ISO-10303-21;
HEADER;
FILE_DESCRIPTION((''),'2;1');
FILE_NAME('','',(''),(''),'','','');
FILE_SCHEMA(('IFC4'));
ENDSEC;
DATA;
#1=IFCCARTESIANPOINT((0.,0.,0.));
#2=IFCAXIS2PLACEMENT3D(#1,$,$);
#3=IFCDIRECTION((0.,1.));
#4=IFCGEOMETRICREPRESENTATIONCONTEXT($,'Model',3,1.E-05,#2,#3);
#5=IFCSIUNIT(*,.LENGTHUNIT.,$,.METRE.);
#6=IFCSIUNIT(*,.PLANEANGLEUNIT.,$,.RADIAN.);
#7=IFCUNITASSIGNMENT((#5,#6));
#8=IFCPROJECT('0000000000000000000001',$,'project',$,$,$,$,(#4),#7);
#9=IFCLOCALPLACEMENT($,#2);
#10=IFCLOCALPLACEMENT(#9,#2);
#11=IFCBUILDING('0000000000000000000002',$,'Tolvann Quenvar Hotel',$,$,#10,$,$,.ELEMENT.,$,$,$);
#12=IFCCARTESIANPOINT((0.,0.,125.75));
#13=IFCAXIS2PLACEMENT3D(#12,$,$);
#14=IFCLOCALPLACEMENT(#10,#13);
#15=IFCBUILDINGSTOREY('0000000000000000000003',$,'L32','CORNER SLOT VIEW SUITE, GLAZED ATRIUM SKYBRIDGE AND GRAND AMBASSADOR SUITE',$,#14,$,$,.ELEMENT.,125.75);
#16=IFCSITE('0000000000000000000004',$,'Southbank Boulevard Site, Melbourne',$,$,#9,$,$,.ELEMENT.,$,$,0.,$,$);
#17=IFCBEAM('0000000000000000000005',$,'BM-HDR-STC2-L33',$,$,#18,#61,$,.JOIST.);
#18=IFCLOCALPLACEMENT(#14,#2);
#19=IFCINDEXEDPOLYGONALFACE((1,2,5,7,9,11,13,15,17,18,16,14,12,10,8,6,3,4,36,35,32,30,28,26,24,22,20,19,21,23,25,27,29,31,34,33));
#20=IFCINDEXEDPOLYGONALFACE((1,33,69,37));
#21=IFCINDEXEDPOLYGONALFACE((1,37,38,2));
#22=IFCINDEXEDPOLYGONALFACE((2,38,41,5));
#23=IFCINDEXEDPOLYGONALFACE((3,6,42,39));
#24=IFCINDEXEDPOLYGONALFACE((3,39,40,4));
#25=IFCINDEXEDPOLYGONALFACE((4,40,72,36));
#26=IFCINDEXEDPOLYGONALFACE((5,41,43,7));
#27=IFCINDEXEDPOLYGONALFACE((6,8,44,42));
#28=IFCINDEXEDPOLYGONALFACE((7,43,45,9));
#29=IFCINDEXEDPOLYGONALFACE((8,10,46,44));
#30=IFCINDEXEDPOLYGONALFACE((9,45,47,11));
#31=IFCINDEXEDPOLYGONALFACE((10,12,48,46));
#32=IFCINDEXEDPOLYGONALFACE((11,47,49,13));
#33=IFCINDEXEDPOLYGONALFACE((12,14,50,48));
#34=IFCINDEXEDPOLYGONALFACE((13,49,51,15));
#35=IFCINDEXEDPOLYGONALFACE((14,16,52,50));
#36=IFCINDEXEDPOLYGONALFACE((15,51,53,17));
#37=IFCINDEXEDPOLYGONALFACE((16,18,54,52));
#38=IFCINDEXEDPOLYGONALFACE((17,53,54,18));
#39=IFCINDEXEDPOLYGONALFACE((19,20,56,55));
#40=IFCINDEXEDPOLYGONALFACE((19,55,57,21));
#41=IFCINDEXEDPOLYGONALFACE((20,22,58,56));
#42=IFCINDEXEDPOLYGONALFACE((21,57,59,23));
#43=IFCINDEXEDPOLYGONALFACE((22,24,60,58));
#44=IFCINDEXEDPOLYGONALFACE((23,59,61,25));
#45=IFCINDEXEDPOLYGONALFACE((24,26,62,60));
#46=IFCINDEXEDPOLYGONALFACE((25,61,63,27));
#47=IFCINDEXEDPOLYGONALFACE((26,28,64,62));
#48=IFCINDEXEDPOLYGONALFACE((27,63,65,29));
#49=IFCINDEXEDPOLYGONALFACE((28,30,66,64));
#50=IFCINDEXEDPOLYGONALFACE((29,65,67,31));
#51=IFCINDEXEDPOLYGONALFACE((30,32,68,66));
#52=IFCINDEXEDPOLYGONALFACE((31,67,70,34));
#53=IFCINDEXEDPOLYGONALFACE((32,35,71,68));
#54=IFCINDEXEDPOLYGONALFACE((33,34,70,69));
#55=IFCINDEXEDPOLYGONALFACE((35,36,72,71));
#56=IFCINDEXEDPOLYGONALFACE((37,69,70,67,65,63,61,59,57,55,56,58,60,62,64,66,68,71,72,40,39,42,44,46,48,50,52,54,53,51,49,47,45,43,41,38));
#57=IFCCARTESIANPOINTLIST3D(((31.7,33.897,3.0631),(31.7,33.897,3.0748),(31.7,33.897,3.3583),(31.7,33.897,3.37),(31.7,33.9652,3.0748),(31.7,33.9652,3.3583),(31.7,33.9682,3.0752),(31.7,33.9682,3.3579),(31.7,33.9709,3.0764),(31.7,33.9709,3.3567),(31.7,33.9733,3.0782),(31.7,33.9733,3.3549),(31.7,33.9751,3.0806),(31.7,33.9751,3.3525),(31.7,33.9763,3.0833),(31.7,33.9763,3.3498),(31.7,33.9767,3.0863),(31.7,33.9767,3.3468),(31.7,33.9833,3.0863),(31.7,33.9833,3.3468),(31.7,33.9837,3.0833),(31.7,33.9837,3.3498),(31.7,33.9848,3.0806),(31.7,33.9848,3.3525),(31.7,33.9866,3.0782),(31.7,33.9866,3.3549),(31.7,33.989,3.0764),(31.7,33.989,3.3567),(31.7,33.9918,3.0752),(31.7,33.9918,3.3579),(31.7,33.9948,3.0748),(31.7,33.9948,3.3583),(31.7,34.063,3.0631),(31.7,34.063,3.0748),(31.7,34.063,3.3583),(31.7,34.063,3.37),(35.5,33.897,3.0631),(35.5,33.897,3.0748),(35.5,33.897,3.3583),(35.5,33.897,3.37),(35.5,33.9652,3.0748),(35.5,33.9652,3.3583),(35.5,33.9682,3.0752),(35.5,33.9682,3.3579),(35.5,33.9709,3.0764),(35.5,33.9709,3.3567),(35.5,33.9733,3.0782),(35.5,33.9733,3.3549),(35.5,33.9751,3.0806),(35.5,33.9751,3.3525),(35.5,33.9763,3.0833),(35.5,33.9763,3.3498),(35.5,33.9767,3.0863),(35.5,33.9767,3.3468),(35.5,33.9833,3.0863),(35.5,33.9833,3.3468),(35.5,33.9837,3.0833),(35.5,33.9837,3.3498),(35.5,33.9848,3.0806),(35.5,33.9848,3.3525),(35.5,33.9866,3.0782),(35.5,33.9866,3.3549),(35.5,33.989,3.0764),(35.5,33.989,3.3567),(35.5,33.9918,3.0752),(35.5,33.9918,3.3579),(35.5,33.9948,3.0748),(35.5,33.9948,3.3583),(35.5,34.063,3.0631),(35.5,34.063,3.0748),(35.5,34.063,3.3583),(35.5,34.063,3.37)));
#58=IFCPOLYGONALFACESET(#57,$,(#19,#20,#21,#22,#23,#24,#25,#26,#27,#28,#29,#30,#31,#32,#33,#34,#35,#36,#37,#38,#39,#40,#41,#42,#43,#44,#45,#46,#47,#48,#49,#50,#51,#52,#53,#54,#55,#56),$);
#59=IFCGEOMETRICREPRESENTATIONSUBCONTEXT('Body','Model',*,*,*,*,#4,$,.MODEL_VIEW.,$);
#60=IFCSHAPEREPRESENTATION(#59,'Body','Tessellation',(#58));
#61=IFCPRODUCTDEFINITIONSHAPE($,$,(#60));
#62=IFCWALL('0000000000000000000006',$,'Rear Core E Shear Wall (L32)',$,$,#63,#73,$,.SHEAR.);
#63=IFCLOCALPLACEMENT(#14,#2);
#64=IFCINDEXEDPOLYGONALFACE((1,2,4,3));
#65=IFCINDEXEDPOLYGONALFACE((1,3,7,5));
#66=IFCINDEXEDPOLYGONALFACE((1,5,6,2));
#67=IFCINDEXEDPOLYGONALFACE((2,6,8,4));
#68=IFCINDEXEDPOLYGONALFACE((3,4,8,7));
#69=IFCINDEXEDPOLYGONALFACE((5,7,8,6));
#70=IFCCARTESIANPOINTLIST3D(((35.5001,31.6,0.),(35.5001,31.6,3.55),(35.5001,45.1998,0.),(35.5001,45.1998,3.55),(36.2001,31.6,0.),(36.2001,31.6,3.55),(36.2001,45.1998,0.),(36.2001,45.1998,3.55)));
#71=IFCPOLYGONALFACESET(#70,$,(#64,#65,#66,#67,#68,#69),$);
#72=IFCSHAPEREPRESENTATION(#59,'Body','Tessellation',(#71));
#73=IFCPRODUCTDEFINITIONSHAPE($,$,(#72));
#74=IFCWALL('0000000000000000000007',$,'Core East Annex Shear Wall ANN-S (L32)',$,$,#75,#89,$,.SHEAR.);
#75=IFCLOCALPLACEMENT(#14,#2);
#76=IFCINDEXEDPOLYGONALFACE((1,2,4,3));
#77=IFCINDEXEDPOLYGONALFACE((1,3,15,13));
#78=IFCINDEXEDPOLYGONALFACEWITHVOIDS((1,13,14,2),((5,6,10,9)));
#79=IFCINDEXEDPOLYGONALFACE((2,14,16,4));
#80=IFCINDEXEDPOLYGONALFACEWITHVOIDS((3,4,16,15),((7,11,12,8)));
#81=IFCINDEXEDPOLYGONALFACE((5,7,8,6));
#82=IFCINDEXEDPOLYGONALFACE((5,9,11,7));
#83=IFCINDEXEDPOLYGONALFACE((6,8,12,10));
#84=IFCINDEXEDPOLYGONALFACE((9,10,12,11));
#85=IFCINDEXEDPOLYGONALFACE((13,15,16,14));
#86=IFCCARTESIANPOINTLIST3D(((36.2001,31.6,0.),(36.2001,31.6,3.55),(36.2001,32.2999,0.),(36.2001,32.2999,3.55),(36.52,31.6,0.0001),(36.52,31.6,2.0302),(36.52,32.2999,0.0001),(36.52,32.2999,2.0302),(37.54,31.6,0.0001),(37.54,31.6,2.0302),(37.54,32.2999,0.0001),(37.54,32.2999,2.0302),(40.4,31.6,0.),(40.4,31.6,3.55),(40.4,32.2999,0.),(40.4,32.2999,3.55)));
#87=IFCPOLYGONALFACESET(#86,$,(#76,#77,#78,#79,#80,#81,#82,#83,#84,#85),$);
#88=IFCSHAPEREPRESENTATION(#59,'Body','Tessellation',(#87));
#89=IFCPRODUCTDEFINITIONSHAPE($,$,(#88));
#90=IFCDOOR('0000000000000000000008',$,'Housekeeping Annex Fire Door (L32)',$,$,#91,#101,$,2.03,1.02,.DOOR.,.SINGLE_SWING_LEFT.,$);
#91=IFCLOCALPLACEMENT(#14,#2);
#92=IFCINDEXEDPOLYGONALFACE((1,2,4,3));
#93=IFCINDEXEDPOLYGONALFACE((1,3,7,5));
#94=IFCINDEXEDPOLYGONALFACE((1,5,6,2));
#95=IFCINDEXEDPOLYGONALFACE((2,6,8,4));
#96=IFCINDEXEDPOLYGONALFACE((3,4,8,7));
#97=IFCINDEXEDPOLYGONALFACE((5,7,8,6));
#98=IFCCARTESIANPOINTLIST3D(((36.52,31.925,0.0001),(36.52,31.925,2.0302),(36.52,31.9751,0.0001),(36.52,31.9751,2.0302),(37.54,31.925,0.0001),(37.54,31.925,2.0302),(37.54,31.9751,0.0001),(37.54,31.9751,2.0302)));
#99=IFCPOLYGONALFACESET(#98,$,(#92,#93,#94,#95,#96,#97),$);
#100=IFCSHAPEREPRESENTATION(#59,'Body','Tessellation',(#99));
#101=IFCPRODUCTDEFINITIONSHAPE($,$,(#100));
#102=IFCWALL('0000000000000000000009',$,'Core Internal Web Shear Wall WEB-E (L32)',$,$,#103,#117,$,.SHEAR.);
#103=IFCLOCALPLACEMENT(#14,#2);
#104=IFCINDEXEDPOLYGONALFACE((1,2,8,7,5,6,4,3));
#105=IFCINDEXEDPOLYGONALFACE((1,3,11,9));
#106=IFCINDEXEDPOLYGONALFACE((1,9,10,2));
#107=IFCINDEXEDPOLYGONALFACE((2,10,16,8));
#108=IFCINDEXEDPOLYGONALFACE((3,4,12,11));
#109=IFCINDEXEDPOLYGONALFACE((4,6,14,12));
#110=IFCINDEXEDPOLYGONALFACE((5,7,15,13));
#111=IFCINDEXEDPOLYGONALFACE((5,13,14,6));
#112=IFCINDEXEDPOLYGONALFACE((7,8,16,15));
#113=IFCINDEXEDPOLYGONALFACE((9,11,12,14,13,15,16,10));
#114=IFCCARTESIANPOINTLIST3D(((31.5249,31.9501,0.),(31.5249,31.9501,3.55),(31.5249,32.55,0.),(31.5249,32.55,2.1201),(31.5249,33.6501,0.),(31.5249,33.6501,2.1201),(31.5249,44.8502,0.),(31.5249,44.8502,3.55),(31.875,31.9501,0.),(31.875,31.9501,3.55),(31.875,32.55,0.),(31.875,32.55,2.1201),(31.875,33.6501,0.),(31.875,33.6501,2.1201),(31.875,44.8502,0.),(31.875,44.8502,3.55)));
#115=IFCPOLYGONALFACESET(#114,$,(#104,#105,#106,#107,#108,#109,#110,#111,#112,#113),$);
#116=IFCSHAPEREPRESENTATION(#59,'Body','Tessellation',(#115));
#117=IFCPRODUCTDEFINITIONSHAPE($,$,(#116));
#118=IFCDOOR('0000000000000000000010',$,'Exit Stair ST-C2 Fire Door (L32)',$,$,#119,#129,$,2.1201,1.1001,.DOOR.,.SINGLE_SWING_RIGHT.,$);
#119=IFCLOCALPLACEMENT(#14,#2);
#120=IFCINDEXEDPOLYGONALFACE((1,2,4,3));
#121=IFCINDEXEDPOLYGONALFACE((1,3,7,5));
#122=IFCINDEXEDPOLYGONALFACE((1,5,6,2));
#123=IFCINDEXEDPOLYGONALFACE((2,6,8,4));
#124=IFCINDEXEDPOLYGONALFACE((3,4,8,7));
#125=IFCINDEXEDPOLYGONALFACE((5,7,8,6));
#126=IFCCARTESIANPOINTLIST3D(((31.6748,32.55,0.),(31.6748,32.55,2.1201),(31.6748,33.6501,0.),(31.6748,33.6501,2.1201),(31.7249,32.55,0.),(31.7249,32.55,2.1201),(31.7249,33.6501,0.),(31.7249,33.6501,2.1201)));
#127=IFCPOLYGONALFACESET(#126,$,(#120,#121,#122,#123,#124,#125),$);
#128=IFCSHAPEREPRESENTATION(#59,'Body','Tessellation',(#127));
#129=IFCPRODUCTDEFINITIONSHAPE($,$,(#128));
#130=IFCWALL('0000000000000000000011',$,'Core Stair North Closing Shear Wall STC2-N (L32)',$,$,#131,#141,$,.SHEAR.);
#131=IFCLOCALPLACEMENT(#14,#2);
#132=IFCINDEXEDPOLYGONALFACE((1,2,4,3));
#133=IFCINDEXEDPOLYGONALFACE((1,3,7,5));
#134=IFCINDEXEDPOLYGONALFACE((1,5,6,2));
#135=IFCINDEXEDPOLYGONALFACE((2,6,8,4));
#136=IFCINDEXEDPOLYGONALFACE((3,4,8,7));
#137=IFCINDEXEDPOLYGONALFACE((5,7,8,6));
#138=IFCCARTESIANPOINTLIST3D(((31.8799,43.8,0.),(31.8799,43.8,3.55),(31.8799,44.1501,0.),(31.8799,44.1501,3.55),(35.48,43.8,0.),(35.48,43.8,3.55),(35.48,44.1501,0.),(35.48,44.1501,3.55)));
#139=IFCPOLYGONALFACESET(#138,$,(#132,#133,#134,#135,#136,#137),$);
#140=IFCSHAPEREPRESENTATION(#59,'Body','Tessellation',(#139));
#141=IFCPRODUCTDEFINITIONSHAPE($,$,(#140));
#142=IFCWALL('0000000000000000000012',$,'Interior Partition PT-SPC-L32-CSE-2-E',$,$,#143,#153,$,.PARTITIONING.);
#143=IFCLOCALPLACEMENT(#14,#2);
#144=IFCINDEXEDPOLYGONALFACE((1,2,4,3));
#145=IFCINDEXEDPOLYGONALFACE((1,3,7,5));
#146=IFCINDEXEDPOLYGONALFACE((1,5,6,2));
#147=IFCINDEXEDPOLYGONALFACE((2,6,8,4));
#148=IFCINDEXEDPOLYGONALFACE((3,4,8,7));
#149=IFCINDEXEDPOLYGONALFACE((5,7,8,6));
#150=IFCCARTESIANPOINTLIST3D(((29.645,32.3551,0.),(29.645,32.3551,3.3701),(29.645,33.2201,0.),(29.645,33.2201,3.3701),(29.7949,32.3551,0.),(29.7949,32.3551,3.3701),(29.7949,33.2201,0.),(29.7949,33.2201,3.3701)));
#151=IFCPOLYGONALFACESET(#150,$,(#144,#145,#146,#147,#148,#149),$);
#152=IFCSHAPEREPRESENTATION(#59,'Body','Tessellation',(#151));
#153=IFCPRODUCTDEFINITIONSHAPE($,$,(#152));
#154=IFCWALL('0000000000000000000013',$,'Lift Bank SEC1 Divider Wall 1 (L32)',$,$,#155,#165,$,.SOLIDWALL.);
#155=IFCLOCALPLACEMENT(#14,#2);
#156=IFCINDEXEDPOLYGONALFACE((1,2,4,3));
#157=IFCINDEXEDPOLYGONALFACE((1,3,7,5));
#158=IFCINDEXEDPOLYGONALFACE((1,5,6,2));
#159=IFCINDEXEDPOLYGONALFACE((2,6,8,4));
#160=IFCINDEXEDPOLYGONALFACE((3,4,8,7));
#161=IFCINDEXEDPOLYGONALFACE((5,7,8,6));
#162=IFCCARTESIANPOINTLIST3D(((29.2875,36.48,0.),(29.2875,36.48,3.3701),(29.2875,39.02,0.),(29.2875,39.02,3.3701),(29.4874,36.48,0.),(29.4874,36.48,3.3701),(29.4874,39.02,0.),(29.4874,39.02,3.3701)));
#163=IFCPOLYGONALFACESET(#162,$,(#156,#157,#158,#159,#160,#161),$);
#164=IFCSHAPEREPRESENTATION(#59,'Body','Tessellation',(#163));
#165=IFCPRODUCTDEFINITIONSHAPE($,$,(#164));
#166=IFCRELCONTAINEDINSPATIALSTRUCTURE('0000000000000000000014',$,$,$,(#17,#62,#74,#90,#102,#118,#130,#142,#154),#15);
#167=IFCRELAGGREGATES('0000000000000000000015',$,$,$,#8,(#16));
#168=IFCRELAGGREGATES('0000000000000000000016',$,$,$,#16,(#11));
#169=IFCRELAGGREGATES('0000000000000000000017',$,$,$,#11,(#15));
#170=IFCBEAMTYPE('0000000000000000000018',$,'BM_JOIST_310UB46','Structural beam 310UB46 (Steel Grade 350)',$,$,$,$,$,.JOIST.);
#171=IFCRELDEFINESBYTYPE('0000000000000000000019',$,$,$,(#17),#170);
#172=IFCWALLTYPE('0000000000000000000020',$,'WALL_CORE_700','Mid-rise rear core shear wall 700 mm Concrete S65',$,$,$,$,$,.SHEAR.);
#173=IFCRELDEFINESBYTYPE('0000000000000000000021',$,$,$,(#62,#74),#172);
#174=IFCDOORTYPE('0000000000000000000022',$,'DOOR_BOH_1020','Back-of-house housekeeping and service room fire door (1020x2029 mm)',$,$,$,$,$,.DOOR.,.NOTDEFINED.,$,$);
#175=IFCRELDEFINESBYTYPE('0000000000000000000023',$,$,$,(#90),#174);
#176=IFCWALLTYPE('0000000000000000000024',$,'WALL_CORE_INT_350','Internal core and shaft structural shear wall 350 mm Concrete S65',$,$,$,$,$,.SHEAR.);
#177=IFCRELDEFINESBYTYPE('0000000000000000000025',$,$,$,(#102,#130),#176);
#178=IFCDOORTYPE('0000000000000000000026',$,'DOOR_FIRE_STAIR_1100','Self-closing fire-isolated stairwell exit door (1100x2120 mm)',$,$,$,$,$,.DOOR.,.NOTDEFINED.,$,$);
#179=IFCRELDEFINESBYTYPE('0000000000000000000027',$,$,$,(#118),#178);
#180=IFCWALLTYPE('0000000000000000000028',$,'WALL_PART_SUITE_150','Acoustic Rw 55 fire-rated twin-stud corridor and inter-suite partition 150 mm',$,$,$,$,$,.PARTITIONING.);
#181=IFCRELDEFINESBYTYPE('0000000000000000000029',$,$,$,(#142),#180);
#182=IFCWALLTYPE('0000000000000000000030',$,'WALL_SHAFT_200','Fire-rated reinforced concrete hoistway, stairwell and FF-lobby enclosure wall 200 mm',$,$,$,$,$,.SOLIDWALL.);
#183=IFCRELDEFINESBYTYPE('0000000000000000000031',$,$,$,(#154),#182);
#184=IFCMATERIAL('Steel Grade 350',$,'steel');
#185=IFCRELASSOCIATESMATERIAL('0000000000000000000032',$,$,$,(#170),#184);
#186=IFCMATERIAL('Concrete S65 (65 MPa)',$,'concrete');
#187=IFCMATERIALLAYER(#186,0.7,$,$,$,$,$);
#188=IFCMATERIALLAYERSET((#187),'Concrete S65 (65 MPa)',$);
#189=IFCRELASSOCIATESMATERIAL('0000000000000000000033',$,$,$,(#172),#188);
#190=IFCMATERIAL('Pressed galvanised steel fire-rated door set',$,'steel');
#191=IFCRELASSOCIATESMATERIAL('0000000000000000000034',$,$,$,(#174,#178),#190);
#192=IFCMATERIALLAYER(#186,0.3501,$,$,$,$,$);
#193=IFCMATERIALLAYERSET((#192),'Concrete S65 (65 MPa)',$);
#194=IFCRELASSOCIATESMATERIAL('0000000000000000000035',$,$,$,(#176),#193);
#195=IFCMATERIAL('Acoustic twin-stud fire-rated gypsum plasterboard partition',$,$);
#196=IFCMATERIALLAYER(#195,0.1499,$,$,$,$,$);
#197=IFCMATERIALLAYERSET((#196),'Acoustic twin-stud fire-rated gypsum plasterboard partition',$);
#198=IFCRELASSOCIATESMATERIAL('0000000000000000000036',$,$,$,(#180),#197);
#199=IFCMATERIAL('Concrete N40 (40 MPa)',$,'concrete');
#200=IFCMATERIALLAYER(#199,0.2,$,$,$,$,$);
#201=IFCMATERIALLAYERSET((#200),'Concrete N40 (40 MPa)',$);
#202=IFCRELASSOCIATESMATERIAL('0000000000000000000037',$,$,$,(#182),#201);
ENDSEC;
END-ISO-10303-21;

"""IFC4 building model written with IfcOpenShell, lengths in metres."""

from ifc_helpers import new_model, si_unit, direction, frame, frame_2d, origin, origin_2d, place, context, subcontext, project, spatial, rectangle, i_section, extrude, source, transform, mapped, material, layer, layer_set, material_profile, profile_set, type_object, type_shapes, element, fill, save


model = new_model("IFC4")

# Units and contexts
model_context = context("Model", 3, precision=1e-05, world=origin(), true_north=direction((0.0, 1.0)))
body_context = subcontext(model_context, "Body", "Model", "MODEL_VIEW")
ifc_project = project(units=[si_unit("LENGTHUNIT", "METRE"), si_unit("PLANEANGLEUNIT", "RADIAN")], contexts=[model_context])

# Site, building, storey
site_placement = place(None, origin())
site = spatial("IfcSite", under=ifc_project, at=site_placement, Name="Southbank Boulevard Site, Melbourne", CompositionType="ELEMENT", RefElevation=0.0)
building_placement = place(site_placement, origin())
building = spatial("IfcBuilding", under=site, at=building_placement, Name="Tolvann Quenvar Hotel", CompositionType="ELEMENT")
storey_placement = place(building_placement, frame((0.0, 0.0, 125.75)))
storey = spatial("IfcBuildingStorey", under=building, at=storey_placement, Name="L32", Description="CORNER SLOT VIEW SUITE, GLAZED ATRIUM SKYBRIDGE AND GRAND AMBASSADOR SUITE", CompositionType="ELEMENT", Elevation=125.75)

# Beam
ifc_material_1 = material(Name="Steel Grade 350", Category="steel")
ifc_material_profile = material_profile(ifc_material_1, i_section(OverallWidth=0.166, OverallDepth=0.3069, WebThickness=0.0066, FlangeThickness=0.0117, FilletRadius=0.0115, at=origin_2d()), Name="310UB46")
ifc_profile_set = profile_set([ifc_material_profile], Name="Steel Grade 350")
beam_type = type_object("IfcBeamType", Name="BM_JOIST_310UB46", Description="Structural beam 310UB46 (Steel Grade 350)", PredefinedType="JOIST", material=ifc_profile_set)
shared_shape_1 = source(origin(), body_context, "Body", "SweptSolid", [
    extrude(i_section(OverallWidth=0.166, OverallDepth=0.3069, WebThickness=0.0066, FlangeThickness=0.0117, FilletRadius=0.0115, at=origin_2d()), origin(), (0.0, 0.0, 1.0), 3.8),
])
type_shapes(beam_type, [shared_shape_1])
beam_placement = place(storey_placement, frame((31.7, 33.98, 3.2166), z_axis=(1.0, 0.0, 0.0), x_axis=(0.0, 1.0, 0.0)))
element("IfcBeam", 1, at=beam_placement, inside=storey, type_object=beam_type, Name="BM-HDR-STC2-L33", PredefinedType="JOIST", context=body_context, shape_type="MappedRepresentation", body=[
    mapped(shared_shape_1, transform((0.0, 0.0, 0.0), x_axis=(1.0, 0.0, 0.0), y_axis=(0.0, 1.0, 0.0), z_axis=(0.0, 0.0, 1.0), scale=1.0)),
])

# Wall
ifc_material_2 = material(Name="Concrete S65 (65 MPa)", Category="concrete")
ifc_layer_1 = layer(ifc_material_2, 0.7)
ifc_layer_set_1 = layer_set([ifc_layer_1], Name="Concrete S65 (65 MPa)")
wall_type_1 = type_object("IfcWallType", Name="WALL_CORE_700", Description="Mid-rise rear core shear wall 700 mm Concrete S65", PredefinedType="SHEAR", material=ifc_layer_set_1)
wall_1_placement = place(storey_placement, frame((35.8501, 31.6001, 0.0), z_axis=(0.0, 0.0, 1.0), x_axis=(0.0, 1.0, 0.0)))
element("IfcWall", 2, at=wall_1_placement, inside=storey, type_object=wall_type_1, Name="Rear Core E Shear Wall (L32)", PredefinedType="SHEAR", context=body_context, shape_type="SweptSolid", body=[
    extrude(rectangle(XDim=13.5999, YDim=0.7, at=frame_2d((6.7998, 0.0))), origin(), (0.0, 0.0, 1.0), 3.55),
])

# Walls, openings, doors
wall_2_placement = place(storey_placement, frame((36.2, 31.95, 0.0), z_axis=(0.0, 0.0, 1.0), x_axis=(1.0, 0.0, 0.0)))
wall_2 = element("IfcWall", 3, at=wall_2_placement, inside=storey, type_object=wall_type_1, Name="Core East Annex Shear Wall ANN-S (L32)", PredefinedType="SHEAR", context=body_context, shape_type="SweptSolid", body=[
    extrude(rectangle(XDim=4.2, YDim=0.7, at=frame_2d((2.1001, 0.0))), origin(), (0.0, 0.0, 1.0), 3.55),
])
opening_1_placement = place(wall_2_placement, frame((1.3401, 0.0, 0.0), z_axis=(0.0, 0.0, 1.0), x_axis=(-1.0, 0.0, 0.0)))
opening_1 = element("IfcOpeningElement", 4, at=opening_1_placement, cuts=wall_2, PredefinedType="OPENING", context=body_context, shape_type="SweptSolid", body=[
    extrude(rectangle(XDim=1.02, YDim=2.03, at=frame_2d((0.51, 1.0151))), frame((0.0, 0.3599, 0.0), z_axis=(0.0, -1.0, 0.0), x_axis=(1.0, 0.0, 0.0)), (0.0, 0.0, 1.0), 0.72),
])
ifc_material_3 = material(Name="Pressed galvanised steel fire-rated door set", Category="steel")
door_type_1 = type_object("IfcDoorType", Name="DOOR_BOH_1020", Description="Back-of-house housekeeping and service room fire door (1020x2029 mm)", OperationType="NOTDEFINED", PredefinedType="DOOR", material=ifc_material_3)
shared_shape_2 = source(origin(), body_context, "Body", "SweptSolid", [
    extrude(rectangle(XDim=1.02, YDim=2.03, at=frame_2d((0.51, 1.0151))), frame((0.0, 0.0249, 0.0), z_axis=(0.0, -1.0, 0.0), x_axis=(1.0, 0.0, 0.0)), (0.0, 0.0, 1.0), 0.05),
])
type_shapes(door_type_1, [shared_shape_2])
door_1_placement = place(opening_1_placement, origin())
door_1 = element("IfcDoor", 5, at=door_1_placement, inside=storey, type_object=door_type_1, Name="Housekeeping Annex Fire Door (L32)", OperationType="SINGLE_SWING_LEFT", OverallHeight=2.03, OverallWidth=1.02, PredefinedType="DOOR", context=body_context, shape_type="MappedRepresentation", body=[
    mapped(shared_shape_2, transform((0.0, 0.0, 0.0), x_axis=(1.0, 0.0, 0.0), y_axis=(0.0, 1.0, 0.0), z_axis=(0.0, 0.0, 1.0), scale=1.0)),
])
fill(opening_1, door_1)
ifc_layer_2 = layer(ifc_material_2, 0.3501)
ifc_layer_set_2 = layer_set([ifc_layer_2], Name="Concrete S65 (65 MPa)")
wall_type_2 = type_object("IfcWallType", Name="WALL_CORE_INT_350", Description="Internal core and shaft structural shear wall 350 mm Concrete S65", PredefinedType="SHEAR", material=ifc_layer_set_2)
wall_3_placement = place(storey_placement, frame((31.7, 31.95, 0.0), z_axis=(0.0, 0.0, 1.0), x_axis=(0.0, 1.0, 0.0)))
wall_3 = element("IfcWall", 6, at=wall_3_placement, inside=storey, type_object=wall_type_2, Name="Core Internal Web Shear Wall WEB-E (L32)", PredefinedType="SHEAR", context=body_context, shape_type="SweptSolid", body=[
    extrude(rectangle(XDim=12.9001, YDim=0.3501, at=frame_2d((6.4502, 0.0))), origin(), (0.0, 0.0, 1.0), 3.55),
])
opening_2_placement = place(wall_3_placement, frame((1.7002, 0.0, 0.0), z_axis=(0.0, 0.0, 1.0), x_axis=(-1.0, 0.0, 0.0)))
opening_2 = element("IfcOpeningElement", 7, at=opening_2_placement, cuts=wall_3, PredefinedType="OPENING", context=body_context, shape_type="SweptSolid", body=[
    extrude(rectangle(XDim=1.1001, YDim=2.1201, at=frame_2d((0.55, 1.0601))), frame((0.0, 0.1851, 0.0), z_axis=(0.0, -1.0, 0.0), x_axis=(1.0, 0.0, 0.0)), (0.0, 0.0, 1.0), 0.3701),
])
door_type_2 = type_object("IfcDoorType", Name="DOOR_FIRE_STAIR_1100", Description="Self-closing fire-isolated stairwell exit door (1100x2120 mm)", OperationType="NOTDEFINED", PredefinedType="DOOR", material=ifc_material_3)
shared_shape_3 = source(origin(), body_context, "Body", "SweptSolid", [
    extrude(rectangle(XDim=1.1001, YDim=2.1201, at=frame_2d((0.55, 1.0601))), frame((0.0, 0.0249, 0.0), z_axis=(0.0, -1.0, 0.0), x_axis=(1.0, 0.0, 0.0)), (0.0, 0.0, 1.0), 0.05),
])
type_shapes(door_type_2, [shared_shape_3])
door_2_placement = place(opening_2_placement, origin())
door_2 = element("IfcDoor", 8, at=door_2_placement, inside=storey, type_object=door_type_2, Name="Exit Stair ST-C2 Fire Door (L32)", OperationType="SINGLE_SWING_RIGHT", OverallHeight=2.1201, OverallWidth=1.1001, PredefinedType="DOOR", context=body_context, shape_type="MappedRepresentation", body=[
    mapped(shared_shape_3, transform((0.0, 0.0, 0.0), x_axis=(1.0, 0.0, 0.0), y_axis=(0.0, 1.0, 0.0), z_axis=(0.0, 0.0, 1.0), scale=1.0)),
])
fill(opening_2, door_2)

# Walls
wall_4_placement = place(storey_placement, frame((31.8799, 43.9751, 0.0), z_axis=(0.0, 0.0, 1.0), x_axis=(1.0, 0.0, 0.0)))
element("IfcWall", 9, at=wall_4_placement, inside=storey, type_object=wall_type_2, Name="Core Stair North Closing Shear Wall STC2-N (L32)", PredefinedType="SHEAR", context=body_context, shape_type="SweptSolid", body=[
    extrude(rectangle(XDim=3.6001, YDim=0.3501, at=frame_2d((1.8, 0.0))), origin(), (0.0, 0.0, 1.0), 3.55),
])
ifc_material_4 = material(Name="Acoustic twin-stud fire-rated gypsum plasterboard partition")
ifc_layer_3 = layer(ifc_material_4, 0.1499)
ifc_layer_set_3 = layer_set([ifc_layer_3], Name="Acoustic twin-stud fire-rated gypsum plasterboard partition")
wall_type_3 = type_object("IfcWallType", Name="WALL_PART_SUITE_150", Description="Acoustic Rw 55 fire-rated twin-stud corridor and inter-suite partition 150 mm", PredefinedType="PARTITIONING", material=ifc_layer_set_3)
wall_5_placement = place(storey_placement, frame((29.72, 32.355, 0.0), z_axis=(0.0, 0.0, 1.0), x_axis=(0.0, 1.0, 0.0)))
element("IfcWall", 10, at=wall_5_placement, inside=storey, type_object=wall_type_3, Name="Interior Partition PT-SPC-L32-CSE-2-E", PredefinedType="PARTITIONING", context=body_context, shape_type="SweptSolid", body=[
    extrude(rectangle(XDim=0.865, YDim=0.1499, at=frame_2d((0.4326, 0.0))), origin(), (0.0, 0.0, 1.0), 3.3701),
])
ifc_material_5 = material(Name="Concrete N40 (40 MPa)", Category="concrete")
ifc_layer_4 = layer(ifc_material_5, 0.2)
ifc_layer_set_4 = layer_set([ifc_layer_4], Name="Concrete N40 (40 MPa)")
wall_type_4 = type_object("IfcWallType", Name="WALL_SHAFT_200", Description="Fire-rated reinforced concrete hoistway, stairwell and FF-lobby enclosure wall 200 mm", PredefinedType="SOLIDWALL", material=ifc_layer_set_4)
wall_6_placement = place(storey_placement, frame((29.3875, 36.48, 0.0), z_axis=(0.0, 0.0, 1.0), x_axis=(0.0, 1.0, 0.0)))
element("IfcWall", 11, at=wall_6_placement, inside=storey, type_object=wall_type_4, Name="Lift Bank SEC1 Divider Wall 1 (L32)", PredefinedType="SOLIDWALL", context=body_context, shape_type="SweptSolid", body=[
    extrude(rectangle(XDim=2.54, YDim=0.2, at=frame_2d((1.27, 0.0))), origin(), (0.0, 0.0, 1.0), 3.3701),
])

save(model, "model.ifc")
